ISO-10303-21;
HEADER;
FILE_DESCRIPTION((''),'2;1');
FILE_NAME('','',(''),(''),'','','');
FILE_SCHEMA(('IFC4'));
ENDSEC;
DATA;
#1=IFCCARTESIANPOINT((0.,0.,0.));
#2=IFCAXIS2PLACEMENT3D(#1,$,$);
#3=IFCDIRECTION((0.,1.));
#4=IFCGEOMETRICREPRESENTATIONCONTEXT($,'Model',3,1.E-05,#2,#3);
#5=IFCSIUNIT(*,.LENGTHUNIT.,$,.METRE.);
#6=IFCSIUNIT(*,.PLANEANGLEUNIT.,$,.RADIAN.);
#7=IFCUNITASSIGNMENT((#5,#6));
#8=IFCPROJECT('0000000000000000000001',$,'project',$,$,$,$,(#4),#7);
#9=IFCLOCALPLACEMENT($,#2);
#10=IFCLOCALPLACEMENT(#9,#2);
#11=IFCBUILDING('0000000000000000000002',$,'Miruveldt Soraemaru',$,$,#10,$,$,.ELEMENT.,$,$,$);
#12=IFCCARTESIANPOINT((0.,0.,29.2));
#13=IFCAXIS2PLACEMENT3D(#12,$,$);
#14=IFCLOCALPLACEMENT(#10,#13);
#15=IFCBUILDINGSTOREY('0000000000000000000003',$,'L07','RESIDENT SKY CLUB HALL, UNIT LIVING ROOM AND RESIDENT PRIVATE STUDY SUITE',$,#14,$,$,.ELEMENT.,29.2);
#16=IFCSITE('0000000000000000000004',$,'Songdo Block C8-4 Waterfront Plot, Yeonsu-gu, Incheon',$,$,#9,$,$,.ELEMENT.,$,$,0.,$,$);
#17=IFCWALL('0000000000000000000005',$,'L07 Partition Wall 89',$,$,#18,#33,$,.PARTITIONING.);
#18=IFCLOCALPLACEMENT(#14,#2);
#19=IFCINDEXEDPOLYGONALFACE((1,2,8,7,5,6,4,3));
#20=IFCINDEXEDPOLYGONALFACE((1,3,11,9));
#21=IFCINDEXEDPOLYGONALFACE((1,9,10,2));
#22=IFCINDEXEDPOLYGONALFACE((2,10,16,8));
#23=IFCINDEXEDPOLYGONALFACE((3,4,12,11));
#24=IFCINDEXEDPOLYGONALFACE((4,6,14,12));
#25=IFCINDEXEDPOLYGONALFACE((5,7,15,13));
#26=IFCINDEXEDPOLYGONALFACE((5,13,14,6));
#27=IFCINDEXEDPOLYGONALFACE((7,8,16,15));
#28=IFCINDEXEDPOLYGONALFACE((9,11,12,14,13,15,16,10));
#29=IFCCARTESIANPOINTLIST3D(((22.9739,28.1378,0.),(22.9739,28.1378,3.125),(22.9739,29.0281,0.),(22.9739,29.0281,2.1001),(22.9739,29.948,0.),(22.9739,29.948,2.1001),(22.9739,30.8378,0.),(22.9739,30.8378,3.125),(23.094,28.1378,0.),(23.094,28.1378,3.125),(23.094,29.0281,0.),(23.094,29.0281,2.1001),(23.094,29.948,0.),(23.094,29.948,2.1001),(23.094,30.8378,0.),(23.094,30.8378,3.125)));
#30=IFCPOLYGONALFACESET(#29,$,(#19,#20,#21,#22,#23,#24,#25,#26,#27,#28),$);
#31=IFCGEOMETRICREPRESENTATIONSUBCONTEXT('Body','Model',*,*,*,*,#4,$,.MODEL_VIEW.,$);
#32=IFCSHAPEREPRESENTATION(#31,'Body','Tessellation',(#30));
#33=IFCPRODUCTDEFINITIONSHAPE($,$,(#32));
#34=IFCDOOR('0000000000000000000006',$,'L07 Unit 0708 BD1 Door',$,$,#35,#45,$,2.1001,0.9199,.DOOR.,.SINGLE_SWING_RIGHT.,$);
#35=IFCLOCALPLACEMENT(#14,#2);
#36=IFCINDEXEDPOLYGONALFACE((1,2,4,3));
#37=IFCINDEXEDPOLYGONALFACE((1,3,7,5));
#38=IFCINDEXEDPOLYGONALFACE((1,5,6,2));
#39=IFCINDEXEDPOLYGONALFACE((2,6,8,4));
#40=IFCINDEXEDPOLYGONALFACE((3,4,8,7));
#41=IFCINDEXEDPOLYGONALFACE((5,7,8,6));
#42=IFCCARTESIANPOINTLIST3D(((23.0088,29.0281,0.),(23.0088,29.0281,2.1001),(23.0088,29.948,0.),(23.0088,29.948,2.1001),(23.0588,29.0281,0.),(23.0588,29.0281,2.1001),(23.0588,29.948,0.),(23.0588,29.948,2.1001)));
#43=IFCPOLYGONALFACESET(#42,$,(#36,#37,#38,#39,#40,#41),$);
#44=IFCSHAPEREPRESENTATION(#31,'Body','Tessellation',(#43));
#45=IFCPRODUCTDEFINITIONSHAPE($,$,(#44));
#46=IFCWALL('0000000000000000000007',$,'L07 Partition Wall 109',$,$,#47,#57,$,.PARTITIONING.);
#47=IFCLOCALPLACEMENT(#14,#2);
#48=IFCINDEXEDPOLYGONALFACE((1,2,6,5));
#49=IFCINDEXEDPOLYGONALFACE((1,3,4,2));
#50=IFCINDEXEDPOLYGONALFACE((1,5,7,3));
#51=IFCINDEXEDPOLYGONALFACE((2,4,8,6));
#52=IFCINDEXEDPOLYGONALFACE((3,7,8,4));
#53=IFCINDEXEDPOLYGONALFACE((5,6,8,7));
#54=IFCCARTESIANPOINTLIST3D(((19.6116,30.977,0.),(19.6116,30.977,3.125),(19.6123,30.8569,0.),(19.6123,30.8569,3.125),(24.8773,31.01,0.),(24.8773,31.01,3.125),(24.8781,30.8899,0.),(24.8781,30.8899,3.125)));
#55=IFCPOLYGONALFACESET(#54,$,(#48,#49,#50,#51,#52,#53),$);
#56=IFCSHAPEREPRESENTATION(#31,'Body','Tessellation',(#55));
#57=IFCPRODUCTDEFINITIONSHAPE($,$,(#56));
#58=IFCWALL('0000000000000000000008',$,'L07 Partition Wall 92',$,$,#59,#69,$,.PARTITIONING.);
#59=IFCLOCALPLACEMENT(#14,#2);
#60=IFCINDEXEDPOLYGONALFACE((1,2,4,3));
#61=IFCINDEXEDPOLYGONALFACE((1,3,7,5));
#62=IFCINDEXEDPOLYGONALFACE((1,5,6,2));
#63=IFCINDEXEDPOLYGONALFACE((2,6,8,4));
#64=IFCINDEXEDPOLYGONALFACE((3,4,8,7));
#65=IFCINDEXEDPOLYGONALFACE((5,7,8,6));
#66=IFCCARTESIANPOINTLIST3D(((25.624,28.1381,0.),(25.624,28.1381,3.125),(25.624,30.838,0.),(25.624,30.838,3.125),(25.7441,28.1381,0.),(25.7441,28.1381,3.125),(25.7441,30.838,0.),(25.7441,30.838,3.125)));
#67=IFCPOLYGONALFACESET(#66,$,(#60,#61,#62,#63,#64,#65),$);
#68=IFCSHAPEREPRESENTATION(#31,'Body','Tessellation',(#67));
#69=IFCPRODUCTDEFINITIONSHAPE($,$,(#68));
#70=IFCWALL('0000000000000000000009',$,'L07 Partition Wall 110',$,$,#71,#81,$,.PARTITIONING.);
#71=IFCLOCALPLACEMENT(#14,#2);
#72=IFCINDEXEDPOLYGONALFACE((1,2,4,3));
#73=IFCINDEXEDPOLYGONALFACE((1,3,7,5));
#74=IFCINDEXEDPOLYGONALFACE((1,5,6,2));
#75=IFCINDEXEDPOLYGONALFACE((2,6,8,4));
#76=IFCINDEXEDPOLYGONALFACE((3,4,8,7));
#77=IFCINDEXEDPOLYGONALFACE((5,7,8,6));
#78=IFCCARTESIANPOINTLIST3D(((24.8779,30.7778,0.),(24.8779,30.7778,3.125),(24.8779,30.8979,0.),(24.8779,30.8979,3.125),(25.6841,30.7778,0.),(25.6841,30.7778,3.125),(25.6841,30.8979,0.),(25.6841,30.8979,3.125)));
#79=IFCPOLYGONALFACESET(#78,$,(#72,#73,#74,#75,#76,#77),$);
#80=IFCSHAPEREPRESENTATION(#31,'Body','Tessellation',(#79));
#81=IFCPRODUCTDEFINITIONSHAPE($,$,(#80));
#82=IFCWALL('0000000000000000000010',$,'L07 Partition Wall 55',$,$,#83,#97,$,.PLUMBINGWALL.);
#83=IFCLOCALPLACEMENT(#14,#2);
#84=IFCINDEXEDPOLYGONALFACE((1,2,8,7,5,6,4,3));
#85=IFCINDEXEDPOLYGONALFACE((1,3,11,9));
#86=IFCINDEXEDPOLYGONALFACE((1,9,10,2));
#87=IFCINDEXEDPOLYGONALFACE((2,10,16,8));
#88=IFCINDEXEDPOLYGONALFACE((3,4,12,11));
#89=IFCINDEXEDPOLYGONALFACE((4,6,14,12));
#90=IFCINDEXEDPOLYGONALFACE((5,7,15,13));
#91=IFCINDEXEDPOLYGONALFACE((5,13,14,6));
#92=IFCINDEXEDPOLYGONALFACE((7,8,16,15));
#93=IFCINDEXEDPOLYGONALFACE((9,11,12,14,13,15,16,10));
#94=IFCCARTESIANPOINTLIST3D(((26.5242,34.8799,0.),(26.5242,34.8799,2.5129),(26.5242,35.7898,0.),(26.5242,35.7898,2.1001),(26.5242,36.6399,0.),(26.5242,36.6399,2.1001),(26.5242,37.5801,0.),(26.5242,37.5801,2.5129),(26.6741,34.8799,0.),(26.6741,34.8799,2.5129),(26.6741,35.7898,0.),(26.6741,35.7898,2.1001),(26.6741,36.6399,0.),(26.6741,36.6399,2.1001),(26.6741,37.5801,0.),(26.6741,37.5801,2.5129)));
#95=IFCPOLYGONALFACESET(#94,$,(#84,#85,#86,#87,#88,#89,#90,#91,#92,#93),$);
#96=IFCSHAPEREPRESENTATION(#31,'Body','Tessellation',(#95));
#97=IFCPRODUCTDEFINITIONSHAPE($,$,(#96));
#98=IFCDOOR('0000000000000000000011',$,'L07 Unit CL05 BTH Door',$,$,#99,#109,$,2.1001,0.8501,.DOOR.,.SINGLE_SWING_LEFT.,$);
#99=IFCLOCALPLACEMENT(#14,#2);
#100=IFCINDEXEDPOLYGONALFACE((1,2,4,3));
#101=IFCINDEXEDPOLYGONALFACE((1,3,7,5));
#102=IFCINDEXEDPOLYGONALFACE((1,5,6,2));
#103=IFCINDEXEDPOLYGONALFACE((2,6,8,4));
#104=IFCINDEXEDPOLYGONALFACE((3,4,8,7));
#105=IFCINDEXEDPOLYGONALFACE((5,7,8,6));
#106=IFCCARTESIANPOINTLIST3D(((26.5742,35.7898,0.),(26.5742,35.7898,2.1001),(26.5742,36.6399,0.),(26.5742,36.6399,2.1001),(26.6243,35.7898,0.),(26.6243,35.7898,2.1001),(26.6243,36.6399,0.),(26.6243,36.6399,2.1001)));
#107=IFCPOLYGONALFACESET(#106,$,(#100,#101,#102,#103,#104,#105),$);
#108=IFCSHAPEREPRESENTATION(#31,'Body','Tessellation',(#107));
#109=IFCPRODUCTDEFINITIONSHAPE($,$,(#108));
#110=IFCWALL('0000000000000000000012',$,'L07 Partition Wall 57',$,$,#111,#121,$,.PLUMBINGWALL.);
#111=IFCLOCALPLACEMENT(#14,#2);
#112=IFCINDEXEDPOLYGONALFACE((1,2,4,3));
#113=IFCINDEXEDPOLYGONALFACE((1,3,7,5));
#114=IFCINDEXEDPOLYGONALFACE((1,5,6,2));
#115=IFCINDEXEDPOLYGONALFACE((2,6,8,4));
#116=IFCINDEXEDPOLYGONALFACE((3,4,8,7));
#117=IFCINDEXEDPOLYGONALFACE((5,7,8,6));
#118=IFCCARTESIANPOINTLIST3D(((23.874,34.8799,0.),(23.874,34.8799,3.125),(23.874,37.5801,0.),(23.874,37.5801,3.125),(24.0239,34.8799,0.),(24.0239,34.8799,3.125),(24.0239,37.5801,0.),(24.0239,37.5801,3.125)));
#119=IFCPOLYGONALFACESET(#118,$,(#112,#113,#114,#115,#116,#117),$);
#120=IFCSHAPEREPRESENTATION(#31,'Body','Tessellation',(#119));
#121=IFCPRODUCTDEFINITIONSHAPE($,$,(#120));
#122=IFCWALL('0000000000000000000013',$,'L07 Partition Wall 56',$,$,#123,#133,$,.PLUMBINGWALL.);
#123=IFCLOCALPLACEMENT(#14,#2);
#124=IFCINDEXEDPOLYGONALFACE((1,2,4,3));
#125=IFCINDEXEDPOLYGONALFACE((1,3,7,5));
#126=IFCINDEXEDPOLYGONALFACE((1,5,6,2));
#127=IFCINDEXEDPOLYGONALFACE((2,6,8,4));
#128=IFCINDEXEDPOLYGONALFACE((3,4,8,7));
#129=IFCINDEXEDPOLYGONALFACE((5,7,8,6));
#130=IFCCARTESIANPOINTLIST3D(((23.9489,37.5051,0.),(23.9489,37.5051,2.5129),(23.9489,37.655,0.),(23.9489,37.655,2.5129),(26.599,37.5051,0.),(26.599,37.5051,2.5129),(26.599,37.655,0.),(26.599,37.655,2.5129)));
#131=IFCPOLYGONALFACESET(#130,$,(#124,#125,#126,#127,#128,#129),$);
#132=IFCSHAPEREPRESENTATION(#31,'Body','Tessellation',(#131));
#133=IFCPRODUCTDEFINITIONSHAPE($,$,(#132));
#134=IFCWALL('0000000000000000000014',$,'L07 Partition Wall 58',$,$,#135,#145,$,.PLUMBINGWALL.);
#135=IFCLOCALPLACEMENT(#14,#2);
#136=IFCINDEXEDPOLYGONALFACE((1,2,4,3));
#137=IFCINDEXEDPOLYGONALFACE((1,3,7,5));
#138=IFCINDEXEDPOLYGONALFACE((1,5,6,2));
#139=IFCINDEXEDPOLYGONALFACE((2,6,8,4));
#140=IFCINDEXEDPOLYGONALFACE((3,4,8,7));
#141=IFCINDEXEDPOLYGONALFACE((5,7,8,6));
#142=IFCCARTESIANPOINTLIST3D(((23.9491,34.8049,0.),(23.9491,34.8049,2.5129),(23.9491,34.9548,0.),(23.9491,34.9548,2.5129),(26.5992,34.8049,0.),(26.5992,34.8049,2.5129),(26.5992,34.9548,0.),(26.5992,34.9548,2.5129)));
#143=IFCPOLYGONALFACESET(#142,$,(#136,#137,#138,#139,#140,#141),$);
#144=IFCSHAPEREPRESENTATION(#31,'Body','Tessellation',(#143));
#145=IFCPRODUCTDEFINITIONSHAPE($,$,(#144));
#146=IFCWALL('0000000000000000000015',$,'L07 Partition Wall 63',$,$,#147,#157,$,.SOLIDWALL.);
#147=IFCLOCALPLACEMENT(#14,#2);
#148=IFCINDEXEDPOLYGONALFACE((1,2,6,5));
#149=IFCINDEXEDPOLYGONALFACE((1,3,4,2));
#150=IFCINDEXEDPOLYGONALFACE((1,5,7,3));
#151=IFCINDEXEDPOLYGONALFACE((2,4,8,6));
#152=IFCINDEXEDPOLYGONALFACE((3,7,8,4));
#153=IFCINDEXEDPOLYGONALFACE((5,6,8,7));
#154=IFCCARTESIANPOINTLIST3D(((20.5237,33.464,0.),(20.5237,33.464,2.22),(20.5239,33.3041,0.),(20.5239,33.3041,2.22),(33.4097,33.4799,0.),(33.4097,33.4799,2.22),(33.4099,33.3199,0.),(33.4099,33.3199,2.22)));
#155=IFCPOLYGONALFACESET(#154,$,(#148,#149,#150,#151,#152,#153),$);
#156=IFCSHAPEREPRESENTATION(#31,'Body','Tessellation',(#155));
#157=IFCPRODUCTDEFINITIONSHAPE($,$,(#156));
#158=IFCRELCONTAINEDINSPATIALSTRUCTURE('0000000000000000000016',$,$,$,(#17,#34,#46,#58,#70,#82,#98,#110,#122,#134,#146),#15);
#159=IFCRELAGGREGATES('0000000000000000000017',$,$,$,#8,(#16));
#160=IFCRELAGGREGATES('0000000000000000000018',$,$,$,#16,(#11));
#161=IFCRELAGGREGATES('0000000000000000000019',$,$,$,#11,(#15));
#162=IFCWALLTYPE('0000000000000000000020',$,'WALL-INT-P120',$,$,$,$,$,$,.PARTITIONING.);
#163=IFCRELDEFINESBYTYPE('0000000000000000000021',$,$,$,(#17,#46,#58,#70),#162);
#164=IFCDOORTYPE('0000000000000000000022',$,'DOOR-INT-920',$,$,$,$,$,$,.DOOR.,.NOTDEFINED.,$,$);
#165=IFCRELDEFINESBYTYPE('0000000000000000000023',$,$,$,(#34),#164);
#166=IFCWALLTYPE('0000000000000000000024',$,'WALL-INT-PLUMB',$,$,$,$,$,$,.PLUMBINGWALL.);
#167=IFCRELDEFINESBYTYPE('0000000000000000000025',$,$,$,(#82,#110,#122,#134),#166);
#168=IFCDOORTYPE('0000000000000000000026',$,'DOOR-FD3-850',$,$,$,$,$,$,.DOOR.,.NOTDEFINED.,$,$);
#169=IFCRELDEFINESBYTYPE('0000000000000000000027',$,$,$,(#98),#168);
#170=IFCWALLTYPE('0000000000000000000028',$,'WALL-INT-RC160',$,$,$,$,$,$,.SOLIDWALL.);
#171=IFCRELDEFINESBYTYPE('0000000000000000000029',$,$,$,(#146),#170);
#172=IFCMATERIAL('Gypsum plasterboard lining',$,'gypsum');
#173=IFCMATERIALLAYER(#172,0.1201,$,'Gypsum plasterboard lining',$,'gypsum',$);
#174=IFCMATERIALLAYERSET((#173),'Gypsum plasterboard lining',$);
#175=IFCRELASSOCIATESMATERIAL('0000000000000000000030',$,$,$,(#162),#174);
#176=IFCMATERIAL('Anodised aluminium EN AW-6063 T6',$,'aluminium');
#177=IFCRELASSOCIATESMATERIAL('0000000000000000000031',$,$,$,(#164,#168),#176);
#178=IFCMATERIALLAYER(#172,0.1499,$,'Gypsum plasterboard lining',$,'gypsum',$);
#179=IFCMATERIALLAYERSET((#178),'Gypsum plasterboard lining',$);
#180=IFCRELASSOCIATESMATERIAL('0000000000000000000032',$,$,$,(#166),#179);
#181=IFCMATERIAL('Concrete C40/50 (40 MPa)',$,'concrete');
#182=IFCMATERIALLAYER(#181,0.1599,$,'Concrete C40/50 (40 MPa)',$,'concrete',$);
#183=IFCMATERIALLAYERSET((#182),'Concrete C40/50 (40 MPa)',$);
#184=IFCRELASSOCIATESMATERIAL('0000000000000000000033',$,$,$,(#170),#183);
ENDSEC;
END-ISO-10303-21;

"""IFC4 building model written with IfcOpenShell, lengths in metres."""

from ifc_helpers import new_model, si_unit, direction, frame, frame_2d, origin, place, context, subcontext, project, spatial, rectangle, extrude, material, layer, layer_set, type_object, element, fill, save


model = new_model("IFC4")

# Units and contexts
model_context = context("Model", 3, precision=1e-05, world=origin(), true_north=direction((0.0, 1.0)))
body_context = subcontext(model_context, "Body", "Model", "MODEL_VIEW")
ifc_project = project(units=[si_unit("LENGTHUNIT", "METRE"), si_unit("PLANEANGLEUNIT", "RADIAN")], contexts=[model_context])

# Site, building, storey
site_placement = place(None, origin())
site = spatial("IfcSite", under=ifc_project, at=site_placement, Name="Songdo Block C8-4 Waterfront Plot, Yeonsu-gu, Incheon", CompositionType="ELEMENT", RefElevation=0.0)
building_placement = place(site_placement, origin())
building = spatial("IfcBuilding", under=site, at=building_placement, Name="Miruveldt Soraemaru", CompositionType="ELEMENT")
storey_placement = place(building_placement, frame((0.0, 0.0, 29.2)))
storey = spatial("IfcBuildingStorey", under=building, at=storey_placement, Name="L07", Description="RESIDENT SKY CLUB HALL, UNIT LIVING ROOM AND RESIDENT PRIVATE STUDY SUITE", CompositionType="ELEMENT", Elevation=29.2)

# Shared definitions
ifc_material_1 = material(Name="Anodised aluminium EN AW-6063 T6", Category="aluminium")

# Wall, opening, door
ifc_material_2 = material(Name="Gypsum plasterboard lining", Category="gypsum")
ifc_layer_1 = layer(ifc_material_2, 0.1201, Name="Gypsum plasterboard lining", Category="gypsum")
ifc_layer_set_1 = layer_set([ifc_layer_1], Name="Gypsum plasterboard lining")
wall_type_1 = type_object("IfcWallType", Name="WALL-INT-P120", PredefinedType="PARTITIONING", material=ifc_layer_set_1)
door_type_1 = type_object("IfcDoorType", Name="DOOR-INT-920", OperationType="NOTDEFINED", PredefinedType="DOOR", material=ifc_material_1)
wall_1_placement = place(storey_placement, frame((23.0339, 30.8379, 0.0), z_axis=(0.0, 0.0, 1.0), x_axis=(0.0, -1.0, 0.0)))
wall_1 = element("IfcWall", 1, at=wall_1_placement, inside=storey, type_object=wall_type_1, Name="L07 Partition Wall 89", PredefinedType="PARTITIONING", context=body_context, shape_type="SweptSolid", body=[
    extrude(rectangle(XDim=2.7, YDim=0.1201, at=frame_2d((1.3501, 0.0))), origin(), (0.0, 0.0, 1.0), 3.125),
])
opening_1_placement = place(wall_1_placement, frame((0.8899, 0.0, 0.0)))
opening_1 = element("IfcOpeningElement", 2, at=opening_1_placement, cuts=wall_1, PredefinedType="OPENING", context=body_context, shape_type="SweptSolid", body=[
    extrude(rectangle(XDim=0.9199, YDim=2.1001, at=frame_2d((0.46, 1.05))), frame((0.0, 0.0701, 0.0), z_axis=(0.0, -1.0, 0.0), x_axis=(1.0, 0.0, 0.0)), (0.0, 0.0, 1.0), 0.1401),
])
door_1_placement = place(opening_1_placement, origin())
door_1 = element("IfcDoor", 3, at=door_1_placement, inside=storey, type_object=door_type_1, Name="L07 Unit 0708 BD1 Door", OperationType="SINGLE_SWING_RIGHT", OverallHeight=2.1001, OverallWidth=0.9199, PredefinedType="DOOR", context=body_context, shape_type="SweptSolid", body=[
    extrude(rectangle(XDim=0.9199, YDim=2.1001, at=frame_2d((0.46, 1.05))), frame((0.0, 0.0249, 0.0), z_axis=(0.0, -1.0, 0.0), x_axis=(1.0, 0.0, 0.0)), (0.0, 0.0, 1.0), 0.05),
])
fill(opening_1, door_1)

# Walls
wall_2_placement = place(storey_placement, frame((19.6121, 30.917, 0.0), z_axis=(0.0, 0.0, 1.0), x_axis=(0.99998, 0.006259, 0.0)))
element("IfcWall", 4, at=wall_2_placement, inside=storey, type_object=wall_type_1, Name="L07 Partition Wall 109", PredefinedType="PARTITIONING", context=body_context, shape_type="SweptSolid", body=[
    extrude(rectangle(XDim=5.2659, YDim=0.1201, at=frame_2d((2.6328, 0.0))), origin(), (0.0, 0.0, 1.0), 3.125),
])
wall_3_placement = place(storey_placement, frame((25.6841, 28.1379, 0.0), z_axis=(0.0, 0.0, 1.0), x_axis=(0.0, 1.0, 0.0)))
element("IfcWall", 5, at=wall_3_placement, inside=storey, type_object=wall_type_1, Name="L07 Partition Wall 92", PredefinedType="PARTITIONING", context=body_context, shape_type="SweptSolid", body=[
    extrude(rectangle(XDim=2.7, YDim=0.1201, at=frame_2d((1.3501, 0.0))), origin(), (0.0, 0.0, 1.0), 3.125),
])
wall_4_placement = place(storey_placement, frame((25.6841, 30.8379, 0.0), z_axis=(0.0, 0.0, 1.0), x_axis=(-1.0, 0.0, 0.0)))
element("IfcWall", 6, at=wall_4_placement, inside=storey, type_object=wall_type_1, Name="L07 Partition Wall 110", PredefinedType="PARTITIONING", context=body_context, shape_type="SweptSolid", body=[
    extrude(rectangle(XDim=0.8062, YDim=0.1201, at=frame_2d((0.4031, 0.0))), origin(), (0.0, 0.0, 1.0), 3.125),
])

# Wall, opening, door
ifc_layer_2 = layer(ifc_material_2, 0.1499, Name="Gypsum plasterboard lining", Category="gypsum")
ifc_layer_set_2 = layer_set([ifc_layer_2], Name="Gypsum plasterboard lining")
wall_type_2 = type_object("IfcWallType", Name="WALL-INT-PLUMB", PredefinedType="PLUMBINGWALL", material=ifc_layer_set_2)
wall_5_placement = place(storey_placement, frame((26.5991, 34.8799, 0.0), z_axis=(0.0, 0.0, 1.0), x_axis=(0.0, 1.0, 0.0)))
wall_5 = element("IfcWall", 7, at=wall_5_placement, inside=storey, type_object=wall_type_2, Name="L07 Partition Wall 55", PredefinedType="PLUMBINGWALL", context=body_context, shape_type="SweptSolid", body=[
    extrude(rectangle(XDim=2.7002, YDim=0.1499, at=frame_2d((1.3501, 0.0))), origin(), (0.0, 0.0, 1.0), 2.5129),
])
opening_2_placement = place(wall_5_placement, frame((0.9099, 0.0, 0.0)))
opening_2 = element("IfcOpeningElement", 8, at=opening_2_placement, cuts=wall_5, PredefinedType="OPENING", context=body_context, shape_type="SweptSolid", body=[
    extrude(rectangle(XDim=0.8501, YDim=2.1001, at=frame_2d((0.425, 1.05))), frame((0.0, 0.085, 0.0), z_axis=(0.0, -1.0, 0.0), x_axis=(1.0, 0.0, 0.0)), (0.0, 0.0, 1.0), 0.1699),
])
door_type_2 = type_object("IfcDoorType", Name="DOOR-FD3-850", OperationType="NOTDEFINED", PredefinedType="DOOR", material=ifc_material_1)
door_2_placement = place(opening_2_placement, origin())
door_2 = element("IfcDoor", 9, at=door_2_placement, inside=storey, type_object=door_type_2, Name="L07 Unit CL05 BTH Door", OperationType="SINGLE_SWING_LEFT", OverallHeight=2.1001, OverallWidth=0.8501, PredefinedType="DOOR", context=body_context, shape_type="SweptSolid", body=[
    extrude(rectangle(XDim=0.8501, YDim=2.1001, at=frame_2d((0.425, 1.05))), frame((0.0, 0.0249, 0.0), z_axis=(0.0, -1.0, 0.0), x_axis=(1.0, 0.0, 0.0)), (0.0, 0.0, 1.0), 0.05),
])
fill(opening_2, door_2)

# Walls
wall_6_placement = place(storey_placement, frame((23.949, 37.5801, 0.0), z_axis=(0.0, 0.0, 1.0), x_axis=(0.0, -1.0, 0.0)))
element("IfcWall", 10, at=wall_6_placement, inside=storey, type_object=wall_type_2, Name="L07 Partition Wall 57", PredefinedType="PLUMBINGWALL", context=body_context, shape_type="SweptSolid", body=[
    extrude(rectangle(XDim=2.7002, YDim=0.1499, at=frame_2d((1.3501, 0.0))), origin(), (0.0, 0.0, 1.0), 3.125),
])
for number, where, z_axis, x_axis, name in (
    (11, (26.5991, 37.5801, 0.0), (0.0, 0.0, 1.0), (-1.0, 0.0, 0.0), "L07 Partition Wall 56"),
    (12, (23.949, 34.8799, 0.0), (0.0, 0.0, 1.0), (1.0, 0.0, 0.0), "L07 Partition Wall 58"),
):
    element("IfcWall", number, at=place(storey_placement, frame(where, z_axis=z_axis, x_axis=x_axis)), inside=storey, type_object=wall_type_2, Name=name, PredefinedType="PLUMBINGWALL", context=body_context, shape_type="SweptSolid", body=[
        extrude(rectangle(XDim=2.6501, YDim=0.1499, at=frame_2d((1.3252, 0.0))), origin(), (0.0, 0.0, 1.0), 2.5129),
    ])
ifc_material_3 = material(Name="Concrete C40/50 (40 MPa)", Category="concrete")
ifc_layer_3 = layer(ifc_material_3, 0.1599, Name="Concrete C40/50 (40 MPa)", Category="concrete")
ifc_layer_set_3 = layer_set([ifc_layer_3], Name="Concrete C40/50 (40 MPa)")
wall_type_3 = type_object("IfcWallType", Name="WALL-INT-RC160", PredefinedType="SOLIDWALL", material=ifc_layer_set_3)
wall_7_placement = place(storey_placement, frame((20.5239, 33.384, 0.0), z_axis=(0.0, 0.0, 1.0), x_axis=(0.999999, 0.001232, 0.0)))
element("IfcWall", 13, at=wall_7_placement, inside=storey, type_object=wall_type_3, Name="L07 Partition Wall 63", PredefinedType="SOLIDWALL", context=body_context, shape_type="SweptSolid", body=[
    extrude(rectangle(XDim=12.886, YDim=0.1599, at=frame_2d((6.4429, 0.0))), origin(), (0.0, 0.0, 1.0), 2.22),
])

save(model, "model.ifc")
